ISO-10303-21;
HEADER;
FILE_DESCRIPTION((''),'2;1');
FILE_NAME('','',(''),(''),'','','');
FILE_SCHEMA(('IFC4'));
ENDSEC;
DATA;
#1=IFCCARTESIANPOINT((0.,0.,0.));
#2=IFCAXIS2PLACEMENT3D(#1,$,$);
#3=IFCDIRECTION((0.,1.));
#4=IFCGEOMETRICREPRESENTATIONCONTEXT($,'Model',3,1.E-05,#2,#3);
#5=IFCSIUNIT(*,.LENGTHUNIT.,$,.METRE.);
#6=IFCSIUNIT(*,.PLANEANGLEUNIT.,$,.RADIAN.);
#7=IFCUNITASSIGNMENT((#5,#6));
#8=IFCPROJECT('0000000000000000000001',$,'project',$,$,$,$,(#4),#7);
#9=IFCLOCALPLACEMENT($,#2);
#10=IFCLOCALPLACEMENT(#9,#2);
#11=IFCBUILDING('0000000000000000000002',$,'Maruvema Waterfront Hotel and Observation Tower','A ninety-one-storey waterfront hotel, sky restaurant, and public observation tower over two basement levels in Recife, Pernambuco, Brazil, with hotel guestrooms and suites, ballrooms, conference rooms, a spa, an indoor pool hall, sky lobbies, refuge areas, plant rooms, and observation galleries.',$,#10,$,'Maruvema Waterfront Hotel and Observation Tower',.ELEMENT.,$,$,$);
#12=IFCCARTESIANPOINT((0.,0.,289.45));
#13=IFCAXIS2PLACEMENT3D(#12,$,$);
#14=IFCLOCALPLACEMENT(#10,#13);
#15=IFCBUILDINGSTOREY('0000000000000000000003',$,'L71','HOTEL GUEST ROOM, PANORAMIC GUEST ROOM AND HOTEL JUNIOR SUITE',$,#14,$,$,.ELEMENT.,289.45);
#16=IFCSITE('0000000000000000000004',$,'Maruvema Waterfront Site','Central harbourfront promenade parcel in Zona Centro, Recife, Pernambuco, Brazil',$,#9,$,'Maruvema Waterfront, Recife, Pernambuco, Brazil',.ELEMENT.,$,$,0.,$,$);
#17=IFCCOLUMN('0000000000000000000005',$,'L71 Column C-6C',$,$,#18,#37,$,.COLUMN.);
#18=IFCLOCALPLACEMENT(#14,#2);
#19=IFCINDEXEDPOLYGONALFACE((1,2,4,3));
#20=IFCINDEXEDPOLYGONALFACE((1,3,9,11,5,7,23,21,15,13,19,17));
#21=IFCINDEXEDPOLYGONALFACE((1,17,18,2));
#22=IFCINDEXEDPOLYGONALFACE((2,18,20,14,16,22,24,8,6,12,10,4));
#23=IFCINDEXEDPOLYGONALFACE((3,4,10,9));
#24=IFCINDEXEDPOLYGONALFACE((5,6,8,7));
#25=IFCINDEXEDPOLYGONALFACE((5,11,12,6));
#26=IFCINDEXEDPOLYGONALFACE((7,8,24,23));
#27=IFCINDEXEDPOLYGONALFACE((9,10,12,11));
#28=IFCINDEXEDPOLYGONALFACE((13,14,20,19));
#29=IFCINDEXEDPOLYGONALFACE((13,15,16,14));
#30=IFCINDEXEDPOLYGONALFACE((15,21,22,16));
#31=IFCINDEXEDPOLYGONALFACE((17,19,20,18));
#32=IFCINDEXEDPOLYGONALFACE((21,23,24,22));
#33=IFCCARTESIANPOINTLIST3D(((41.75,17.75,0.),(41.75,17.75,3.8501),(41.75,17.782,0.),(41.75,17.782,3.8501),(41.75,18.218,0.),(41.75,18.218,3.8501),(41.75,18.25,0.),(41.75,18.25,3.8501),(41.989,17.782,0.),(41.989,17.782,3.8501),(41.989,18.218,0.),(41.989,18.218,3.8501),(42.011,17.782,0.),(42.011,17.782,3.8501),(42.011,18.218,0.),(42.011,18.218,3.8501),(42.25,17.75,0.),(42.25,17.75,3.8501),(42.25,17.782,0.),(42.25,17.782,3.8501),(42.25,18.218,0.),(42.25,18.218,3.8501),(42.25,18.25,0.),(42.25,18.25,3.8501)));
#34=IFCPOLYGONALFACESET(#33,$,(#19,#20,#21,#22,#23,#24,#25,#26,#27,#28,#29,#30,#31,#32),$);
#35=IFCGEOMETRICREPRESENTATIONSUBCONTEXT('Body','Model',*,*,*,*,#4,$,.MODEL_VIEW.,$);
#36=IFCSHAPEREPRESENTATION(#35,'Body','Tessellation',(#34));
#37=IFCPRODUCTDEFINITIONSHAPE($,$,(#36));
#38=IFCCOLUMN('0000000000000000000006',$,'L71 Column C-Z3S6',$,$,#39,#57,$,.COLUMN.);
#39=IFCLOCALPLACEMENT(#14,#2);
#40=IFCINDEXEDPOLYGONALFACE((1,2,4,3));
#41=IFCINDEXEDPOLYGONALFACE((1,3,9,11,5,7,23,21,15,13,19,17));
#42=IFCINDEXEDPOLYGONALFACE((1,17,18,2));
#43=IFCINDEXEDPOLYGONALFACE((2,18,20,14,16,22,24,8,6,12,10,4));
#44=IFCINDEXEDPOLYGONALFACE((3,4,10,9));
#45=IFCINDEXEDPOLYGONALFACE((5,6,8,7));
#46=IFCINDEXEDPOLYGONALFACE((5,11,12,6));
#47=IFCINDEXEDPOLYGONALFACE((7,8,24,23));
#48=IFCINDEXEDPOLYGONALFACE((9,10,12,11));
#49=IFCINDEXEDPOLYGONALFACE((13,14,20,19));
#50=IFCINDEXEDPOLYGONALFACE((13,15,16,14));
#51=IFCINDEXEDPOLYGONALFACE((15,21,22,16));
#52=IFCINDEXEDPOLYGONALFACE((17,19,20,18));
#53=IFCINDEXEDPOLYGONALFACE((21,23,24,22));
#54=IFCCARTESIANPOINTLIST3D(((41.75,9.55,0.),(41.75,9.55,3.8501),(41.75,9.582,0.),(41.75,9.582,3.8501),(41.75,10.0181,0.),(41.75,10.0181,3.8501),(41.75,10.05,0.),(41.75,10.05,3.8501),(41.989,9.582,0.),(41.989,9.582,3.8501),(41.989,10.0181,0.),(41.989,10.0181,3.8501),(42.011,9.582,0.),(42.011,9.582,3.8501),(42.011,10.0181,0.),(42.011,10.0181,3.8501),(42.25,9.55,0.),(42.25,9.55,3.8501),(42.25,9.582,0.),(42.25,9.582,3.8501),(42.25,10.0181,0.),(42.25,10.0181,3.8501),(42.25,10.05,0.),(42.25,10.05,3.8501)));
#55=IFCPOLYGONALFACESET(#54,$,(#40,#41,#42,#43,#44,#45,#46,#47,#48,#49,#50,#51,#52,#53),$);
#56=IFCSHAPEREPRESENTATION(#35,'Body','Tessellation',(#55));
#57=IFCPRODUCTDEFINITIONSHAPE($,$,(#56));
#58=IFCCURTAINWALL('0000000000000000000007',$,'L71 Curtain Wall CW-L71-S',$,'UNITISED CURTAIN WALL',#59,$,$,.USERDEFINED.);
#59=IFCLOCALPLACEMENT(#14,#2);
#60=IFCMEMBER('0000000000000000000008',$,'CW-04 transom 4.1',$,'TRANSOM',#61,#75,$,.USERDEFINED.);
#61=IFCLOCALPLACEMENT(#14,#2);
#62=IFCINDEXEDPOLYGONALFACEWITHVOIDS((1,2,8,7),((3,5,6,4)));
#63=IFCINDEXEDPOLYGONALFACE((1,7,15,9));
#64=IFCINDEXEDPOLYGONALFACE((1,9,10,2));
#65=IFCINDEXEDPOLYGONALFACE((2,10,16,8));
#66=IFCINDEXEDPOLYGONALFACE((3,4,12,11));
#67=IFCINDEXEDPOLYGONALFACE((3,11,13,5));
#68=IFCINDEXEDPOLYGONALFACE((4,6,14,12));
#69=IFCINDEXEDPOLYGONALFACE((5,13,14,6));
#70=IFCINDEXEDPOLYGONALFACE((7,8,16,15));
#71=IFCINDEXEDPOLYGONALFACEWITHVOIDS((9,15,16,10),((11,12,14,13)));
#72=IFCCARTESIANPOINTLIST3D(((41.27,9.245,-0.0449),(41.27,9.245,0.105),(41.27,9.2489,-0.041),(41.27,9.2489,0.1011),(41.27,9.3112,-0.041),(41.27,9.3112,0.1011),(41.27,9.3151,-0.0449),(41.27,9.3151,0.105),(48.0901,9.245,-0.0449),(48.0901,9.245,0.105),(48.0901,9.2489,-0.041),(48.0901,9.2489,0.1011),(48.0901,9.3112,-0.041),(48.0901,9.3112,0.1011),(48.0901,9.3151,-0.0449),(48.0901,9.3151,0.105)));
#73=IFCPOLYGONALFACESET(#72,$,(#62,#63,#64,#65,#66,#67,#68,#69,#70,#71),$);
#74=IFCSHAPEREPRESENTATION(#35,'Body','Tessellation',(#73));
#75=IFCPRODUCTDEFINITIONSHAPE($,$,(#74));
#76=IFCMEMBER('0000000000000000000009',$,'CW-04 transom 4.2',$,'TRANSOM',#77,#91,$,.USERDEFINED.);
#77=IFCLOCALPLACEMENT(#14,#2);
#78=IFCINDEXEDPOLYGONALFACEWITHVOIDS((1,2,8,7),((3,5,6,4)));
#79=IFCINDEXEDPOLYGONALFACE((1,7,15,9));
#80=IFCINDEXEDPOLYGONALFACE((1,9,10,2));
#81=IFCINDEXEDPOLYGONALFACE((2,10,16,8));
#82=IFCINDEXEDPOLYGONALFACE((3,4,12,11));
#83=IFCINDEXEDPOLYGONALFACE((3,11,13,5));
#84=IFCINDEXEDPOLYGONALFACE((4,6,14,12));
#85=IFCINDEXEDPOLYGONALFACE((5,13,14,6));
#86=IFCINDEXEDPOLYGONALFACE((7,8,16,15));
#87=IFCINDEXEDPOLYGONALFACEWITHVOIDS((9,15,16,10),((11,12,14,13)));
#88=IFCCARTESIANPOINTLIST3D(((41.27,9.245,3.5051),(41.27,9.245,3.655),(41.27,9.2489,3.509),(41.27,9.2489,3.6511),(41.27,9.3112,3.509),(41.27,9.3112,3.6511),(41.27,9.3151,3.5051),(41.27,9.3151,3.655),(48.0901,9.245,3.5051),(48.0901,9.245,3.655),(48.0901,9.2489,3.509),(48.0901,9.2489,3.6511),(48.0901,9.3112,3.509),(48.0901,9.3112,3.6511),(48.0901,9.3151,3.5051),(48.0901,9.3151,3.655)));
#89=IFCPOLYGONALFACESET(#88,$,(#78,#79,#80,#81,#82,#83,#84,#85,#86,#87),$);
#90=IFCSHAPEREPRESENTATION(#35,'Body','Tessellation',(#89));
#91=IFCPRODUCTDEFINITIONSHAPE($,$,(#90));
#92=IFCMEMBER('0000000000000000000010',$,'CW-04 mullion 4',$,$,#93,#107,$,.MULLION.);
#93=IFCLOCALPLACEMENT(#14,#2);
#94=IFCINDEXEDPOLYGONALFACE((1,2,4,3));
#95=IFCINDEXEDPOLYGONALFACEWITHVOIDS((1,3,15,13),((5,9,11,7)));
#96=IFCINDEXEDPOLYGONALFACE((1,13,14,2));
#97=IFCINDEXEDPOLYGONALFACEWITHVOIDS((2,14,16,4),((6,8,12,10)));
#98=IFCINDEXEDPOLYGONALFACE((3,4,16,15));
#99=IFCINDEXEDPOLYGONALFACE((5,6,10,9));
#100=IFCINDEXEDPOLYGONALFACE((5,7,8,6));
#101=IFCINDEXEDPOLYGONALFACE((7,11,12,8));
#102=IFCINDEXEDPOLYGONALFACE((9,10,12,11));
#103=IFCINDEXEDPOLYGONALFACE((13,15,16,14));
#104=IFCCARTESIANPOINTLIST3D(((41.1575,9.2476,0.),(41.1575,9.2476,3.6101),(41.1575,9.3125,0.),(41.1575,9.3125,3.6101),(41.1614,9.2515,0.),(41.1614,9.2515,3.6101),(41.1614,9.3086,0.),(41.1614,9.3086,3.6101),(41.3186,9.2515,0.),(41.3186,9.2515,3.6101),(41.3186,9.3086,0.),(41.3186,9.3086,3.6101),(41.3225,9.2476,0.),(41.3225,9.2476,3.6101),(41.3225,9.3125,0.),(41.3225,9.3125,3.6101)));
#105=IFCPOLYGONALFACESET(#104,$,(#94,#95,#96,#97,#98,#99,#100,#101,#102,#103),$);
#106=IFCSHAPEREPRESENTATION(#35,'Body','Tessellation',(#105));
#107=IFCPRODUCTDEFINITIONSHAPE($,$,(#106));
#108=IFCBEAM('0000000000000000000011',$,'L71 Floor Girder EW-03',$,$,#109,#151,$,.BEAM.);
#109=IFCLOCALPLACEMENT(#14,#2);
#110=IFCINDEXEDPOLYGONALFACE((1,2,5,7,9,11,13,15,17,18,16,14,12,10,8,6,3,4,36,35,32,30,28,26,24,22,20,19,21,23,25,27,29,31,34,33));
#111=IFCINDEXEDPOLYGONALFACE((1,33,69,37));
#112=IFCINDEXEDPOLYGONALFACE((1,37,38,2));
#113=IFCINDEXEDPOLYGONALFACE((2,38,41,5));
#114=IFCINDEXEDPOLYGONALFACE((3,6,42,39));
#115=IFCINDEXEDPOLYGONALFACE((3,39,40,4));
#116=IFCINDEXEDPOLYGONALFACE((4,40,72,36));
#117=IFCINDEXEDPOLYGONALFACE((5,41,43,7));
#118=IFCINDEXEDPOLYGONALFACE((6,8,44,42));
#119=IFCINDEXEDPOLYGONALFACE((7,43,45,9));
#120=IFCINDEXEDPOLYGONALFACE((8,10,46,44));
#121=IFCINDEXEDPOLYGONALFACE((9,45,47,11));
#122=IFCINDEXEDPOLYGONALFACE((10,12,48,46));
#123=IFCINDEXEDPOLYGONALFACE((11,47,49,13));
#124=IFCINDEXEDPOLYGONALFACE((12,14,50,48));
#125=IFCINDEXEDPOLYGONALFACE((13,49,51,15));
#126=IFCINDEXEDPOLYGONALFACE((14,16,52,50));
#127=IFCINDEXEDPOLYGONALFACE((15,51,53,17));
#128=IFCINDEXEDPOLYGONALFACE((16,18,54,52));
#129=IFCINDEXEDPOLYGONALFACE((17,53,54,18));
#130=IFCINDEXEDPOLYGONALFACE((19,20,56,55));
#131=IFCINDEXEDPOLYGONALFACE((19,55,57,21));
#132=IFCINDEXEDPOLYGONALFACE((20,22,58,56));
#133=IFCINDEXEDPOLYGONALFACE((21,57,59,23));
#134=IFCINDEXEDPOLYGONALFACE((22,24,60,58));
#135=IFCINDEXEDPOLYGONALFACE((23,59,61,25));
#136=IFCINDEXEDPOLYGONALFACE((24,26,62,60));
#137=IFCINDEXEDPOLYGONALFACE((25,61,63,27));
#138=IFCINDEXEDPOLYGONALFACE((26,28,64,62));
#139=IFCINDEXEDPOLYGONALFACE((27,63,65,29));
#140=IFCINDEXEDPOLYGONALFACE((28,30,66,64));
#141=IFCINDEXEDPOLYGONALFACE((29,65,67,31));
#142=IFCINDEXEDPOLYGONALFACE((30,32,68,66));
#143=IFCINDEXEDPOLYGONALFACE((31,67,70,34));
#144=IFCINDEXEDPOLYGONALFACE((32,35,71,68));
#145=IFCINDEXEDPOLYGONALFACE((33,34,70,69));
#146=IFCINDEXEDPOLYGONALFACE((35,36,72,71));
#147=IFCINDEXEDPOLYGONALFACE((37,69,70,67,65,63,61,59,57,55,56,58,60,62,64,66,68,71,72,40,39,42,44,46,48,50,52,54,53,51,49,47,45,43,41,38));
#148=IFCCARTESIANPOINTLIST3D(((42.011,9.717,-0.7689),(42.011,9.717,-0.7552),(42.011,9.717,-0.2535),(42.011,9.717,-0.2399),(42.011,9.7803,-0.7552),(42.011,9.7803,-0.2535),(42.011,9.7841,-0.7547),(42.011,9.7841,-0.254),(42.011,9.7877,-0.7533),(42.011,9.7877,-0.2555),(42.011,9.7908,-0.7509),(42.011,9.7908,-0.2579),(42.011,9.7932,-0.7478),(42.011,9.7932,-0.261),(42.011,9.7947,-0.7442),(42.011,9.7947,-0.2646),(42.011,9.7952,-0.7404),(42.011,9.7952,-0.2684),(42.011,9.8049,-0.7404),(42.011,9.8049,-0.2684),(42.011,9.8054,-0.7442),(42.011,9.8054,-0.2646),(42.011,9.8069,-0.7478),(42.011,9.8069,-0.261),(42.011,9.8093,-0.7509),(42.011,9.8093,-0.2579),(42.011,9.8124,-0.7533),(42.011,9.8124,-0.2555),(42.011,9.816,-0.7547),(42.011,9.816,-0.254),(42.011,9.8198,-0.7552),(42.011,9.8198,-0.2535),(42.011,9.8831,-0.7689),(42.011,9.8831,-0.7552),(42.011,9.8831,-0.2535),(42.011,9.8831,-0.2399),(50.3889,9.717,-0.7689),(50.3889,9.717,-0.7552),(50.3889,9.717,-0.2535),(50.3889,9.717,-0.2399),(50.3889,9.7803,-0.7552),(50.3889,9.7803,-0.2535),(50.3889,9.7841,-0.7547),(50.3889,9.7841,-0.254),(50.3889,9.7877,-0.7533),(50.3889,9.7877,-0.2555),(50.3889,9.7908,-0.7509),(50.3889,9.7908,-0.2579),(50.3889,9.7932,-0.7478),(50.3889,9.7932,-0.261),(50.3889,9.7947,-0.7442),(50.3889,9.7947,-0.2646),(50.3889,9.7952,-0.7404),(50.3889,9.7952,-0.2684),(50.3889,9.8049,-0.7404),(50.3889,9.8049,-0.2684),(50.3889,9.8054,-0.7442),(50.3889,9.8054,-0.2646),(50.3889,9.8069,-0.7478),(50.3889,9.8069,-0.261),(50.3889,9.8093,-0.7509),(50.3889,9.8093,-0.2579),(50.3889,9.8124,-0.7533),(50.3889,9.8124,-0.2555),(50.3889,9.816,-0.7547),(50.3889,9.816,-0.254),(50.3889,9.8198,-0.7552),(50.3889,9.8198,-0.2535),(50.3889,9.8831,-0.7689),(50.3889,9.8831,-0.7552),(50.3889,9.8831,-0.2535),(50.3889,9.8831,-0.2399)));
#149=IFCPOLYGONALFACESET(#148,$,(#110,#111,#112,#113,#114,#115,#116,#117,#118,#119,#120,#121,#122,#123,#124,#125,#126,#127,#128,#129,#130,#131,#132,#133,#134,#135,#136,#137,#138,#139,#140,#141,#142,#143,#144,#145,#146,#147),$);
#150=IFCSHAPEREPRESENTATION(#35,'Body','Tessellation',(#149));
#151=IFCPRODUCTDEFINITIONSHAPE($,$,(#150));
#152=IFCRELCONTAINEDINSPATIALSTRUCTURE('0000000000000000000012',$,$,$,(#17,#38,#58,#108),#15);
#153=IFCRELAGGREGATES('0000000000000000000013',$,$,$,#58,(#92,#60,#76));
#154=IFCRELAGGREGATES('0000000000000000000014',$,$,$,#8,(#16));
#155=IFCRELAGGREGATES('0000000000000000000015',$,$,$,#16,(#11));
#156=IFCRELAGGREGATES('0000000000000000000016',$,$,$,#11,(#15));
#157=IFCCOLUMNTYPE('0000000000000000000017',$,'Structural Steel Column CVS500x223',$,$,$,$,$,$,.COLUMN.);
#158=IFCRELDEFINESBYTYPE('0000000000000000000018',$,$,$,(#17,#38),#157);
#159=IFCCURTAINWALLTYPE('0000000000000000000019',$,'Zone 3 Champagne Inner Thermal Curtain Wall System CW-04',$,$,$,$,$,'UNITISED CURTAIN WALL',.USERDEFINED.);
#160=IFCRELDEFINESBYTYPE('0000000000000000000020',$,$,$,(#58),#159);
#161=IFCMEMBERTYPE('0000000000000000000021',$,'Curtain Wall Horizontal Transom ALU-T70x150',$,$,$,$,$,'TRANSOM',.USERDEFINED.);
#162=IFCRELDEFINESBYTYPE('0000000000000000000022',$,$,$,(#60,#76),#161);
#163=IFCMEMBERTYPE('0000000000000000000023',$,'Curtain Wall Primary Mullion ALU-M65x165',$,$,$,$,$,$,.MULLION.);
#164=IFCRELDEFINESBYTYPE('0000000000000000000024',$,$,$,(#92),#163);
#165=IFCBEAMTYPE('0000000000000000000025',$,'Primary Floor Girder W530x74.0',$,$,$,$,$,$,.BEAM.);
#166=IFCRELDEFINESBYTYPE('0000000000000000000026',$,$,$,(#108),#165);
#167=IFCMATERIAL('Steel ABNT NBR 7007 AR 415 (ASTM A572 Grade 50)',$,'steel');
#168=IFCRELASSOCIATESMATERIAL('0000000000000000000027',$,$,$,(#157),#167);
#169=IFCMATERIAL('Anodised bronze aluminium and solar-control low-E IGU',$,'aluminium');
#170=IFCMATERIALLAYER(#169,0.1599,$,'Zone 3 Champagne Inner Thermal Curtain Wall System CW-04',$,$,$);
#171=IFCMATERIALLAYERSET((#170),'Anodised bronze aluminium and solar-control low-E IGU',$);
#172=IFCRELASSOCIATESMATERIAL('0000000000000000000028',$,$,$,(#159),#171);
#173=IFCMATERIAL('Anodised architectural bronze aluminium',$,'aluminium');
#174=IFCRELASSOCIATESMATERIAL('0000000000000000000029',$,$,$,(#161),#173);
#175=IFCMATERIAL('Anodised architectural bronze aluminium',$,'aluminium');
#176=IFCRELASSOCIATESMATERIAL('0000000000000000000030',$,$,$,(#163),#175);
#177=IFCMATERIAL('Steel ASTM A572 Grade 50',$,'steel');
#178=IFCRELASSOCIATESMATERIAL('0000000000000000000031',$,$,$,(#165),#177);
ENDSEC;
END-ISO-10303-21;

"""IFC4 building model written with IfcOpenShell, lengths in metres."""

from ifc_helpers import new_model, si_unit, direction, frame, origin, origin_2d, place, context, subcontext, project, spatial, hollow_rectangle, i_section, extrude, material, layer, layer_set, material_profile, profile_set, type_object, element, aggregate, save


model = new_model("IFC4")

# Units and contexts
model_context = context("Model", 3, precision=1e-05, world=origin(), true_north=direction((0.0, 1.0)))
body_context = subcontext(model_context, "Body", "Model", "MODEL_VIEW")
ifc_project = project(units=[si_unit("LENGTHUNIT", "METRE"), si_unit("PLANEANGLEUNIT", "RADIAN")], contexts=[model_context])

# Site, building, storey
site_placement = place(None, origin())
site = spatial("IfcSite", under=ifc_project, at=site_placement, Name="Maruvema Waterfront Site", Description="Central harbourfront promenade parcel in Zona Centro, Recife, Pernambuco, Brazil", LongName="Maruvema Waterfront, Recife, Pernambuco, Brazil", CompositionType="ELEMENT", RefElevation=0.0)
building_placement = place(site_placement, origin())
building = spatial("IfcBuilding", under=site, at=building_placement, Name="Maruvema Waterfront Hotel and Observation Tower", Description="A ninety-one-storey waterfront hotel, sky restaurant, and public observation tower over two basement levels in Recife, Pernambuco, Brazil, with hotel guestrooms and suites, ballrooms, conference rooms, a spa, an indoor pool hall, sky lobbies, refuge areas, plant rooms, and observation galleries.", LongName="Maruvema Waterfront Hotel and Observation Tower", CompositionType="ELEMENT")
storey_placement = place(building_placement, frame((0.0, 0.0, 289.45)))
storey = spatial("IfcBuildingStorey", under=building, at=storey_placement, Name="L71", Description="HOTEL GUEST ROOM, PANORAMIC GUEST ROOM AND HOTEL JUNIOR SUITE", CompositionType="ELEMENT", Elevation=289.45)

# Columns
ifc_material_1 = material(Name="Steel ABNT NBR 7007 AR 415 (ASTM A572 Grade 50)", Category="steel")
ifc_material_profile_1 = material_profile(ifc_material_1, i_section(OverallWidth=0.5, OverallDepth=0.5, WebThickness=0.022, FlangeThickness=0.032, at=origin_2d()), Name="CVS500x223")
ifc_profile_set_1 = profile_set([ifc_material_profile_1], Name="Steel ABNT NBR 7007 AR 415 (ASTM A572 Grade 50)")
column_type = type_object("IfcColumnType", Name="Structural Steel Column CVS500x223", PredefinedType="COLUMN", material=ifc_profile_set_1)
for number, where, z_axis, x_axis, name in (
    (1, (42.0, 18.0, 0.0), (0.0, 0.0, 1.0), (1.0, 0.0, 0.0), "L71 Column C-6C"),
    (2, (42.0, 9.8, 0.0), (0.0, 0.0, 1.0), (1.0, 0.0, 0.0), "L71 Column C-Z3S6"),
):
    element("IfcColumn", number, at=place(storey_placement, frame(where, z_axis=z_axis, x_axis=x_axis)), inside=storey, type_object=column_type, Name=name, PredefinedType="COLUMN", context=body_context, shape_type="SweptSolid", body=[
        extrude(i_section(OverallWidth=0.5, OverallDepth=0.5, WebThickness=0.022, FlangeThickness=0.032, at=origin_2d()), origin(), (0.0, 0.0, 1.0), 3.8501),
    ])

# Curtain wall, members
ifc_material_2 = material(Name="Anodised bronze aluminium and solar-control low-E IGU", Category="aluminium")
ifc_layer_1 = layer(ifc_material_2, 0.1599, Name="Zone 3 Champagne Inner Thermal Curtain Wall System CW-04")
ifc_layer_set_1 = layer_set([ifc_layer_1], Name="Anodised bronze aluminium and solar-control low-E IGU")
curtain_wall_type = type_object("IfcCurtainWallType", Name="Zone 3 Champagne Inner Thermal Curtain Wall System CW-04", ElementType="UNITISED CURTAIN WALL", PredefinedType="USERDEFINED", material=ifc_layer_set_1)
curtain_wall_placement = place(storey_placement, origin())
curtain_wall = element("IfcCurtainWall", 3, at=curtain_wall_placement, inside=storey, type_object=curtain_wall_type, Name="L71 Curtain Wall CW-L71-S", ObjectType="UNITISED CURTAIN WALL", PredefinedType="USERDEFINED")
ifc_material_3 = material(Name="Anodised architectural bronze aluminium", Category="aluminium")
ifc_material_profile_2 = material_profile(ifc_material_3, hollow_rectangle(XDim=0.0701, YDim=0.1499, WallThickness=0.0039, at=origin_2d()), Name="ALU-T70x150")
ifc_profile_set_2 = profile_set([ifc_material_profile_2], Name="Anodised architectural bronze aluminium")
member_type_1 = type_object("IfcMemberType", Name="Curtain Wall Horizontal Transom ALU-T70x150", ElementType="TRANSOM", PredefinedType="USERDEFINED", material=ifc_profile_set_2)
member_1_placement = place(storey_placement, frame((41.27, 9.28, 0.03), z_axis=(1.0, 0.0, 0.0), x_axis=(0.0, 1.0, 0.0)))
member_1 = element("IfcMember", 4, at=member_1_placement, type_object=member_type_1, Name="CW-04 transom 4.1", ObjectType="TRANSOM", PredefinedType="USERDEFINED", context=body_context, shape_type="SweptSolid", body=[
    extrude(hollow_rectangle(XDim=0.0701, YDim=0.1499, WallThickness=0.0039, at=origin_2d()), origin(), (0.0, 0.0, 1.0), 6.8201),
])
member_2_placement = place(storey_placement, frame((41.27, 9.28, 3.5801), z_axis=(1.0, 0.0, 0.0), x_axis=(0.0, 1.0, 0.0)))
member_2 = element("IfcMember", 5, at=member_2_placement, type_object=member_type_1, Name="CW-04 transom 4.2", ObjectType="TRANSOM", PredefinedType="USERDEFINED", context=body_context, shape_type="SweptSolid", body=[
    extrude(hollow_rectangle(XDim=0.0701, YDim=0.1499, WallThickness=0.0039, at=origin_2d()), origin(), (0.0, 0.0, 1.0), 6.8201),
])
ifc_material_4 = material(Name="Anodised architectural bronze aluminium", Category="aluminium")
ifc_material_profile_3 = material_profile(ifc_material_4, hollow_rectangle(XDim=0.0649, YDim=0.165, WallThickness=0.0039, at=origin_2d()), Name="ALU-M65x165")
ifc_profile_set_3 = profile_set([ifc_material_profile_3], Name="Anodised architectural bronze aluminium")
member_type_2 = type_object("IfcMemberType", Name="Curtain Wall Primary Mullion ALU-M65x165", PredefinedType="MULLION", material=ifc_profile_set_3)
member_3_placement = place(storey_placement, frame((41.24, 9.28, 0.0), z_axis=(0.0, 0.0, 1.0), x_axis=(0.0, 1.0, 0.0)))
member_3 = element("IfcMember", 6, at=member_3_placement, type_object=member_type_2, Name="CW-04 mullion 4", PredefinedType="MULLION", context=body_context, shape_type="SweptSolid", body=[
    extrude(hollow_rectangle(XDim=0.0649, YDim=0.165, WallThickness=0.0039, at=origin_2d()), origin(), (0.0, 0.0, 1.0), 3.6101),
])

# Beam
ifc_material_5 = material(Name="Steel ASTM A572 Grade 50", Category="steel")
ifc_material_profile_4 = material_profile(ifc_material_5, i_section(OverallWidth=0.166, OverallDepth=0.5291, WebThickness=0.0098, FlangeThickness=0.0137, FilletRadius=0.0149, at=origin_2d()), Name="W530x74.0")
ifc_profile_set_4 = profile_set([ifc_material_profile_4], Name="Steel ASTM A572 Grade 50")
beam_type_1 = type_object("IfcBeamType", Name="Primary Floor Girder W530x74.0", PredefinedType="BEAM", material=ifc_profile_set_4)
beam_1_placement = place(storey_placement, frame((42.011, 9.8, -0.5044), z_axis=(1.0, 0.0, 0.0), x_axis=(0.0, 1.0, 0.0)))
element("IfcBeam", 7, at=beam_1_placement, inside=storey, type_object=beam_type_1, Name="L71 Floor Girder EW-03", PredefinedType="BEAM", context=body_context, shape_type="SweptSolid", body=[
    extrude(i_section(OverallWidth=0.166, OverallDepth=0.5291, WebThickness=0.0098, FlangeThickness=0.0137, FilletRadius=0.0149, at=origin_2d()), origin(), (0.0, 0.0, 1.0), 8.3779),
])

aggregate(curtain_wall, [member_3, member_1, member_2])

save(model, "model.ifc")
